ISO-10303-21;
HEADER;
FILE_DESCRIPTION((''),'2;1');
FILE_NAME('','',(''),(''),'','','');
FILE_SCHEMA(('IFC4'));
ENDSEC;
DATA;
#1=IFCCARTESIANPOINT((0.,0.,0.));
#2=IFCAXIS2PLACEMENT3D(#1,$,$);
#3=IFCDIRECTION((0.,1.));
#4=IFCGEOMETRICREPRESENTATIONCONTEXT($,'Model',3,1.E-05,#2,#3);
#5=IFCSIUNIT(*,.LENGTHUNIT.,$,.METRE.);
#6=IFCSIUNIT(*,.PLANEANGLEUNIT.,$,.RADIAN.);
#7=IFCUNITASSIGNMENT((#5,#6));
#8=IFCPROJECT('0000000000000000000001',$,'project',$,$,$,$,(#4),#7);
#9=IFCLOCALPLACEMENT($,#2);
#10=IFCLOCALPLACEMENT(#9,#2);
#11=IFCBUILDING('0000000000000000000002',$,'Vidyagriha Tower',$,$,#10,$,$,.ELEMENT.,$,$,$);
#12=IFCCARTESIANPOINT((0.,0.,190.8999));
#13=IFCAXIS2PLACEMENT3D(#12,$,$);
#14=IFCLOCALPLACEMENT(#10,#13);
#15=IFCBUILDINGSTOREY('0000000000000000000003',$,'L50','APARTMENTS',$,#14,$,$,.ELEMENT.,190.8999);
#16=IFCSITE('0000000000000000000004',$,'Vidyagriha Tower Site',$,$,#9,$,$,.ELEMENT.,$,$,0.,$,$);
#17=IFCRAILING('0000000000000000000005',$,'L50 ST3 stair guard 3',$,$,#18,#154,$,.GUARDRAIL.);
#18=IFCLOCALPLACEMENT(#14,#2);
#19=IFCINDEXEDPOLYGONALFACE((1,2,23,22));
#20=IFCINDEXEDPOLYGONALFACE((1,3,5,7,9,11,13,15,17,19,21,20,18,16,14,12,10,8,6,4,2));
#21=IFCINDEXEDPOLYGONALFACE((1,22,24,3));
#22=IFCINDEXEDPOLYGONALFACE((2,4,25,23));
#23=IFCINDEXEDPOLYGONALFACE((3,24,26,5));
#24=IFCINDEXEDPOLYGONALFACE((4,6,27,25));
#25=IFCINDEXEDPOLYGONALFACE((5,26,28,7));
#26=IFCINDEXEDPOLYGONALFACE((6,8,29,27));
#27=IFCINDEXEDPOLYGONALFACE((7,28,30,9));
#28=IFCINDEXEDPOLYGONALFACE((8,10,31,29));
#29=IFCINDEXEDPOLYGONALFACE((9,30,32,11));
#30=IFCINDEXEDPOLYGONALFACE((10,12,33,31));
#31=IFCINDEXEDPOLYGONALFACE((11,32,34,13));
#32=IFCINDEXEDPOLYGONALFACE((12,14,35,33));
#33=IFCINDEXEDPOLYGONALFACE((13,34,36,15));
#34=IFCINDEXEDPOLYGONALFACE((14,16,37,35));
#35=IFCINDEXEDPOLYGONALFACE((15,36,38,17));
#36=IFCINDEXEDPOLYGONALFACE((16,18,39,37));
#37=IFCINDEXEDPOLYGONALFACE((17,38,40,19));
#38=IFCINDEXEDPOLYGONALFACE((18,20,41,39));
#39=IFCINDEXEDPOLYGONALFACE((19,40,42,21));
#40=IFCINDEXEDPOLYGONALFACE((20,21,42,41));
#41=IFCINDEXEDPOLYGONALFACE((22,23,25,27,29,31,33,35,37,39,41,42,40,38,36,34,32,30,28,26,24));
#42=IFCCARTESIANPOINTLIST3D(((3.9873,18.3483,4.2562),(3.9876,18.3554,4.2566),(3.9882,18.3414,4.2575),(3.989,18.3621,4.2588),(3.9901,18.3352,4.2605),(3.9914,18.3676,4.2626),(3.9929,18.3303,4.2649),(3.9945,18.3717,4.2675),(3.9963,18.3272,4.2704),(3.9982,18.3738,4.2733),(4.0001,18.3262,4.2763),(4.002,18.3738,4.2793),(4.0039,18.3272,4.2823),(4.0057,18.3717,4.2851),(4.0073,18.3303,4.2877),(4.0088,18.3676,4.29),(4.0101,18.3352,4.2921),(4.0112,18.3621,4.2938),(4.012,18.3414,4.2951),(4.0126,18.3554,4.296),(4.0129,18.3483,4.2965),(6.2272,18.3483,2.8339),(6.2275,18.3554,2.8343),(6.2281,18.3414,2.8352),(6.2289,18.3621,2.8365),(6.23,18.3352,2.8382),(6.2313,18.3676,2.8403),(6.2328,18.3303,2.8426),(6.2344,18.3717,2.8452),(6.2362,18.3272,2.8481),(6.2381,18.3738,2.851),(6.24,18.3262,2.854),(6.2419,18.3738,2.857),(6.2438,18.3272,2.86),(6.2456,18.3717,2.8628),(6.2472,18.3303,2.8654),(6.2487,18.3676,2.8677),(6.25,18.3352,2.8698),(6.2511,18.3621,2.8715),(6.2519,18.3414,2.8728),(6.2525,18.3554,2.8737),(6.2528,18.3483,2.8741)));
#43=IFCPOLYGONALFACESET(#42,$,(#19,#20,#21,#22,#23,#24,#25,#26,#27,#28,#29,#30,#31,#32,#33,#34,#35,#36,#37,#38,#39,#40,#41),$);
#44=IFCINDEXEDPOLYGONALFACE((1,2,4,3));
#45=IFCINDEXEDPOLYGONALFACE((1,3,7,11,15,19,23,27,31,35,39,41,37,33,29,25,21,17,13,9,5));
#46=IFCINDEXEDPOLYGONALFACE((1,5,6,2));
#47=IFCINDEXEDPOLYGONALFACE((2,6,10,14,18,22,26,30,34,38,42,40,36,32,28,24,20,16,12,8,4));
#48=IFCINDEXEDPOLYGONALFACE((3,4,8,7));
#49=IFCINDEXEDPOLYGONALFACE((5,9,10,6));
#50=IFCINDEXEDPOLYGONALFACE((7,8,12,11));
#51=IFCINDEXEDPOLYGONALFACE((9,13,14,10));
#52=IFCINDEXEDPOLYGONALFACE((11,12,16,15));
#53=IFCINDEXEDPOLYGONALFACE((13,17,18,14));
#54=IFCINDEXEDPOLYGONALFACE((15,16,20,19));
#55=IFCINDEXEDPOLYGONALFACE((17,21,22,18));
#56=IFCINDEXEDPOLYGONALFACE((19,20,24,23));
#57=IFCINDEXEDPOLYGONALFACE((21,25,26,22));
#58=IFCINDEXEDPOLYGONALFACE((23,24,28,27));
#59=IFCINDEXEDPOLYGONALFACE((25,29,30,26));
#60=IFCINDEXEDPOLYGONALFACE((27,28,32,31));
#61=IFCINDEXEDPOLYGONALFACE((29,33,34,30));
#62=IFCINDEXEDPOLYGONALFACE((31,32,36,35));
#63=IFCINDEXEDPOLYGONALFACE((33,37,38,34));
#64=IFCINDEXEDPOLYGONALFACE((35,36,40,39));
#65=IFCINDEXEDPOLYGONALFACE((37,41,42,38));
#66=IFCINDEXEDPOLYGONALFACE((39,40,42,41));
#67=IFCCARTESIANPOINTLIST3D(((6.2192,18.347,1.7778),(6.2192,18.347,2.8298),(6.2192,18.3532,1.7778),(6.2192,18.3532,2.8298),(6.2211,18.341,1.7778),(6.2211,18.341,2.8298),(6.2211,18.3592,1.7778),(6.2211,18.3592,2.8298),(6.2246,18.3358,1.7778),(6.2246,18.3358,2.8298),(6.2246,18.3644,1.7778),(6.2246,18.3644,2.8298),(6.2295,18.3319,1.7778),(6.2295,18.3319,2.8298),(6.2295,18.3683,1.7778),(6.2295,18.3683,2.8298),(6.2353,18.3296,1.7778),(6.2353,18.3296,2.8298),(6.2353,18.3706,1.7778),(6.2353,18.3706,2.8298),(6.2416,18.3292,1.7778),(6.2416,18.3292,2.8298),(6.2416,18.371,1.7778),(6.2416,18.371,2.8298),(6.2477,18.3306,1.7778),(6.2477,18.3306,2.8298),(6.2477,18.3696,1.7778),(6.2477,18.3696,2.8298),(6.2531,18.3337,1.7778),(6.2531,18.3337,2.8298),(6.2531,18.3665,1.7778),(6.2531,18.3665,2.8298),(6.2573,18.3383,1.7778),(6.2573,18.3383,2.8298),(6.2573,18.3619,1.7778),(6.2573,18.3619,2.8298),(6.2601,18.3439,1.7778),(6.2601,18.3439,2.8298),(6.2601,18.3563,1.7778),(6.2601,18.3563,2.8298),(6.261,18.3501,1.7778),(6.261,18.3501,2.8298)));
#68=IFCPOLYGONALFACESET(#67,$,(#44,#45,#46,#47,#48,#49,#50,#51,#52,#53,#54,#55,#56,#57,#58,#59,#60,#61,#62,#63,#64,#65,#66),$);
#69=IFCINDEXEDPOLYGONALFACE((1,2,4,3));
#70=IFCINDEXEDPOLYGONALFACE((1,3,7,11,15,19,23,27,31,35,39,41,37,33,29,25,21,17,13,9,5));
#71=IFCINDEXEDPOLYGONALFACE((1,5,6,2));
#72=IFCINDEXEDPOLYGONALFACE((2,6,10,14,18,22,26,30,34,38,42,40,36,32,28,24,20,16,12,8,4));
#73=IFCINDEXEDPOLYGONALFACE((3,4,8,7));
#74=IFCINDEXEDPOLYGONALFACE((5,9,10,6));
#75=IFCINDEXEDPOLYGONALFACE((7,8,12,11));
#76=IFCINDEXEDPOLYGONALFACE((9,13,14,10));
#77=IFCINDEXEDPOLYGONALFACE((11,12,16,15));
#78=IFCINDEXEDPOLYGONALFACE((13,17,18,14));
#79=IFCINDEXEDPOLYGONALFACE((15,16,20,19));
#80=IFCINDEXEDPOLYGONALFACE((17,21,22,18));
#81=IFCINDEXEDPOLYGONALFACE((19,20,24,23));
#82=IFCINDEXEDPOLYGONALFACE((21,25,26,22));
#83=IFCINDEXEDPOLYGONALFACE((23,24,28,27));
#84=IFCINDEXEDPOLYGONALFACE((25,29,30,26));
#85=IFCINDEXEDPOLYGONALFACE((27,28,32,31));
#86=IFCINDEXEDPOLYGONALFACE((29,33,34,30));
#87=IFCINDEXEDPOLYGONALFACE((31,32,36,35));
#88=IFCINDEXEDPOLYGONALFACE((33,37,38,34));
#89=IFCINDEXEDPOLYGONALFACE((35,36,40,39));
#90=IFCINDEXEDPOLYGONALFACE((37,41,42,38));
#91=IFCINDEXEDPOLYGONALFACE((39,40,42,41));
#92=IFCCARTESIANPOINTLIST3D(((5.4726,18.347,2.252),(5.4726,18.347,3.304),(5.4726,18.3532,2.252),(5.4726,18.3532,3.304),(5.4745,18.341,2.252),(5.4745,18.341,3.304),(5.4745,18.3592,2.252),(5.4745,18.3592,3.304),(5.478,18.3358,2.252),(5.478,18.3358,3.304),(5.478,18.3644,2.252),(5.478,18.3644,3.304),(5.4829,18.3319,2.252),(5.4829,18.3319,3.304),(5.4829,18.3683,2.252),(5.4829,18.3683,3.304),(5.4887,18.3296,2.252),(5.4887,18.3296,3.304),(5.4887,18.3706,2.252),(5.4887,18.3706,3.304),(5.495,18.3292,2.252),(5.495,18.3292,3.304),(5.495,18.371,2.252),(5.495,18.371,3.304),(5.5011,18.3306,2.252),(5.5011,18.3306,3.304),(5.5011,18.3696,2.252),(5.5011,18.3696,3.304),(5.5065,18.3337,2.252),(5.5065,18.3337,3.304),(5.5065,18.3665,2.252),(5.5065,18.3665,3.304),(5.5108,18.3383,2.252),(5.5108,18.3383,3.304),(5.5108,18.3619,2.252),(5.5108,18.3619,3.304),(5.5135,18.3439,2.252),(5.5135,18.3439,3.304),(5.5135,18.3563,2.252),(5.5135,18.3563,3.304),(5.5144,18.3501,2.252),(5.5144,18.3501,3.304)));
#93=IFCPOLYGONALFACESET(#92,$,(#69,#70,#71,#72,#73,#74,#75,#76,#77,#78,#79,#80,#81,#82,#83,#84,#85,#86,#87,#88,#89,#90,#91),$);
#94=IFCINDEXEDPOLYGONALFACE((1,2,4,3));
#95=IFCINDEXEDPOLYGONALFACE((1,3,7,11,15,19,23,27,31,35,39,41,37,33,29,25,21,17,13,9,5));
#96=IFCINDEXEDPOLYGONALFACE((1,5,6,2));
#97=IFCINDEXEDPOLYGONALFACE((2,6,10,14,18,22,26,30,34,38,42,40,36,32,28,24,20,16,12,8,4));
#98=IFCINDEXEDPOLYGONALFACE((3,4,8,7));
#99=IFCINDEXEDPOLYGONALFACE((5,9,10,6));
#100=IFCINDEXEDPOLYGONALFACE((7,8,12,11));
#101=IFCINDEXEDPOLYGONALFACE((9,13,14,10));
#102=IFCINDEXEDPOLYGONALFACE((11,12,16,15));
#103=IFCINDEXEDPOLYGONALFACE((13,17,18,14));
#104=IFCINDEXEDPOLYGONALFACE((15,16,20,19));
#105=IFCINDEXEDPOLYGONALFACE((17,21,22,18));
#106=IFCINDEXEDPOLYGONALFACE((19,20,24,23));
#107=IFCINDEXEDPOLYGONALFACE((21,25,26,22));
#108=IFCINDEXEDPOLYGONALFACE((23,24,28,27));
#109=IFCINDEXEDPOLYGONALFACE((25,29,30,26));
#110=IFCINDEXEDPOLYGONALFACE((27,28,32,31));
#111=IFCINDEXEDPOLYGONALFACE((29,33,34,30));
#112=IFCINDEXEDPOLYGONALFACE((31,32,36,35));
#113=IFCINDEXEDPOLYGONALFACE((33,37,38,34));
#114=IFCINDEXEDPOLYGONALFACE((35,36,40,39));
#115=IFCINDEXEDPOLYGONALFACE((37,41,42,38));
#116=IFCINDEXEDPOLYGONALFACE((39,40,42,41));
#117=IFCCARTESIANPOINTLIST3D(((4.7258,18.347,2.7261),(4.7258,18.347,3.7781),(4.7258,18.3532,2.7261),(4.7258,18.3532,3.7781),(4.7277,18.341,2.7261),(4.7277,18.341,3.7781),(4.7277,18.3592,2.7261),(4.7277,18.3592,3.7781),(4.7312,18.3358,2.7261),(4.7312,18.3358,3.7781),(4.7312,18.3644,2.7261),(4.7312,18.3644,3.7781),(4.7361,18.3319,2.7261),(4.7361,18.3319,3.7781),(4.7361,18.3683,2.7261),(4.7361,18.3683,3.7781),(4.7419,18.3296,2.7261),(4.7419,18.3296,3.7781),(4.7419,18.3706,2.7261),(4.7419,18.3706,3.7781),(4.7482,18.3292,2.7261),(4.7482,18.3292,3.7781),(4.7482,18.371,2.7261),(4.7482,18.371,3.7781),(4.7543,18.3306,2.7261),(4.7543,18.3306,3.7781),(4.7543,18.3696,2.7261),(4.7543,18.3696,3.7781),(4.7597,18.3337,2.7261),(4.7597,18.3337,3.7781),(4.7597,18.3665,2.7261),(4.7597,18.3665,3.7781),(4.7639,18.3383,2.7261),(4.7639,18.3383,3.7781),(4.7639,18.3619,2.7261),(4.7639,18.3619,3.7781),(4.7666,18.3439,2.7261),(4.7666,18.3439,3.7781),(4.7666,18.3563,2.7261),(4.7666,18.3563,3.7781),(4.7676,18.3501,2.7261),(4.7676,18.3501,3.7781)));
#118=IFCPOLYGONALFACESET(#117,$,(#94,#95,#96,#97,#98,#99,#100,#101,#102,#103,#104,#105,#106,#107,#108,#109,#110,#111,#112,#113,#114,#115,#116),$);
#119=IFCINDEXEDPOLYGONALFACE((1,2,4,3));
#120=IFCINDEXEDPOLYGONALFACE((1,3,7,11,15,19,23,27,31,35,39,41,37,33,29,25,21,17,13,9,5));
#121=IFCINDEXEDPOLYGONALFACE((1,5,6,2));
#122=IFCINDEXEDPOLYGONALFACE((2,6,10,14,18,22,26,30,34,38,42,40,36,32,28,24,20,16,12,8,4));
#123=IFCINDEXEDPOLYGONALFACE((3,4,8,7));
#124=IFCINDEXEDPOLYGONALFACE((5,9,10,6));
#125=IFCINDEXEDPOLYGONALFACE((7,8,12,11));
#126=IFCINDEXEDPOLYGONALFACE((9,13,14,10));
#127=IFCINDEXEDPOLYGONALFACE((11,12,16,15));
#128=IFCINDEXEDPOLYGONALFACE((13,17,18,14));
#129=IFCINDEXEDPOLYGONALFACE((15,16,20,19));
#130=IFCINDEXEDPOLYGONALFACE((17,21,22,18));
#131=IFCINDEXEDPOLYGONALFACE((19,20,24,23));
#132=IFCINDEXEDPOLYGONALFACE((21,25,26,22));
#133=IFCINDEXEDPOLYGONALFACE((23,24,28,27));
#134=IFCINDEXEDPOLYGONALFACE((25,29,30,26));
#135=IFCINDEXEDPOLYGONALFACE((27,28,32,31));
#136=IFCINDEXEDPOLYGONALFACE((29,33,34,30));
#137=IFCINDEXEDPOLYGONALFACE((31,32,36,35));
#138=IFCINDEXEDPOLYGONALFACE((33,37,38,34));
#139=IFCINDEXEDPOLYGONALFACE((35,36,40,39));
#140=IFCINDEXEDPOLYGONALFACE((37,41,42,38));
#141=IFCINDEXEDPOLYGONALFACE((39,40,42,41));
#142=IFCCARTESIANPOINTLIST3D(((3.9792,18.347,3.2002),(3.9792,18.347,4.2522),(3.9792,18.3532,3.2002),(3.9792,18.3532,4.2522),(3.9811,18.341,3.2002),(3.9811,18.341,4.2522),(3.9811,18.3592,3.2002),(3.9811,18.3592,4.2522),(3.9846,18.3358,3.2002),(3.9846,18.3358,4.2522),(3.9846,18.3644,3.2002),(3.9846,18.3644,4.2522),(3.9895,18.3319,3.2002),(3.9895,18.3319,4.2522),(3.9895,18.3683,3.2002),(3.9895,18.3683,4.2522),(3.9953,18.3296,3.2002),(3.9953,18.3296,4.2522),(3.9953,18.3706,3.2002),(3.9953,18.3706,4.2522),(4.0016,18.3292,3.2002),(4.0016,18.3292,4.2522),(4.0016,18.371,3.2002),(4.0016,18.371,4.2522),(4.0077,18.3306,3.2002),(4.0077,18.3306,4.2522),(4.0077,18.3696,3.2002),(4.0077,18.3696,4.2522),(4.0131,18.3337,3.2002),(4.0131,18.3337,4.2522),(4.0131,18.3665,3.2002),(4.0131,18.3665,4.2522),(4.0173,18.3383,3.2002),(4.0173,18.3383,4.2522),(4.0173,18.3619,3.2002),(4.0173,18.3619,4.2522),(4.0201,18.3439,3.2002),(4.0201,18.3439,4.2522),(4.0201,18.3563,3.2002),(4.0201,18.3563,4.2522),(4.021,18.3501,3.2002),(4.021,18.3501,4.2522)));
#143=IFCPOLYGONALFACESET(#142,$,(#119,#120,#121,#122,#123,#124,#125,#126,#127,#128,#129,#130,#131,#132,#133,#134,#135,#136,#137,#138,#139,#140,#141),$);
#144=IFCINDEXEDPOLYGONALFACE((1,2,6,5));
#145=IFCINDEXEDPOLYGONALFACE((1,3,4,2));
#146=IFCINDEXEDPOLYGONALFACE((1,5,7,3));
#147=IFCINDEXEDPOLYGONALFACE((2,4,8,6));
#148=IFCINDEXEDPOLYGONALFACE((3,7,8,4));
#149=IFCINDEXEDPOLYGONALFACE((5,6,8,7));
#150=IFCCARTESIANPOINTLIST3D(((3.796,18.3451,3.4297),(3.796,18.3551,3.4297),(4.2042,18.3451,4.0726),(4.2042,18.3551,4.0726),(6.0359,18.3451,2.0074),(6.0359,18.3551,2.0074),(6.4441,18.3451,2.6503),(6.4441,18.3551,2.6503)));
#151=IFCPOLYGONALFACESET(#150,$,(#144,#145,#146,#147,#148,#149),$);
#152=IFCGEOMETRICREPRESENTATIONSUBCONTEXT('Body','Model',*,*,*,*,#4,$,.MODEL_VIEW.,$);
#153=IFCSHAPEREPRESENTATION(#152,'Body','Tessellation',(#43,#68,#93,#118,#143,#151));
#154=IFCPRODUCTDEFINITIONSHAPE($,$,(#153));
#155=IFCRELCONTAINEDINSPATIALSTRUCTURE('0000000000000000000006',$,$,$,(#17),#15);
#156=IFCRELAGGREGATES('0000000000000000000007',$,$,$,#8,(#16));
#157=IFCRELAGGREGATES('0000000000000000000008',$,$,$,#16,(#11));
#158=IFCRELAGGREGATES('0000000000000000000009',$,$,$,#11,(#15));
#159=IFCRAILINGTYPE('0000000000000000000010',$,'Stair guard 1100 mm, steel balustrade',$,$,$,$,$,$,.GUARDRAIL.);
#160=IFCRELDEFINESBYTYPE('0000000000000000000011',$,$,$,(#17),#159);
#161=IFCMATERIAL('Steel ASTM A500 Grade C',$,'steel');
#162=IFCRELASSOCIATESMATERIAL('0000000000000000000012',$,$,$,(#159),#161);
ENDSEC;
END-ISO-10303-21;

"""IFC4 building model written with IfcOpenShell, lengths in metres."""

from ifc_helpers import new_model, si_unit, direction, frame, origin, origin_2d, place, context, subcontext, project, spatial, rectangle, circle, extrude, material, type_object, element, save


model = new_model("IFC4")

# Units and contexts
model_context = context("Model", 3, precision=1e-05, world=origin(), true_north=direction((0.0, 1.0)))
body_context = subcontext(model_context, "Body", "Model", "MODEL_VIEW")
ifc_project = project(units=[si_unit("LENGTHUNIT", "METRE"), si_unit("PLANEANGLEUNIT", "RADIAN")], contexts=[model_context])

# Site, building, storey
site_placement = place(None, origin())
site = spatial("IfcSite", under=ifc_project, at=site_placement, Name="Vidyagriha Tower Site", CompositionType="ELEMENT", RefElevation=0.0)
building_placement = place(site_placement, origin())
building = spatial("IfcBuilding", under=site, at=building_placement, Name="Vidyagriha Tower", CompositionType="ELEMENT")
storey_placement = place(building_placement, frame((0.0, 0.0, 190.8999)))
storey = spatial("IfcBuildingStorey", under=building, at=storey_placement, Name="L50", Description="APARTMENTS", CompositionType="ELEMENT", Elevation=190.8999)

# Railing
ifc_material_1 = material(Name="Steel ASTM A500 Grade C", Category="steel")
railing_type_1 = type_object("IfcRailingType", Name="Stair guard 1100 mm, steel balustrade", PredefinedType="GUARDRAIL", material=ifc_material_1)
railing_1_placement = place(storey_placement, frame((6.24, 18.3501, 1.7778)))
element("IfcRailing", 1, at=railing_1_placement, inside=storey, type_object=railing_type_1, Name="L50 ST3 stair guard 3", PredefinedType="GUARDRAIL", context=body_context, shape_type="SweptSolid", body=[
    extrude(circle(Radius=0.0239, at=origin_2d()), frame((0.0, 0.0, 1.0762), z_axis=(-0.844188, 0.0, 0.536048), x_axis=(0.0, -1.0, 0.0)), (0.0, 0.0, 1.0), 2.6533),
    extrude(circle(Radius=0.021, at=origin_2d()), origin(), (0.0, 0.0, 1.0), 1.052),
    extrude(circle(Radius=0.021, at=origin_2d()), frame((-0.7466, 0.0, 0.4741)), (0.0, 0.0, 1.0), 1.052),
    extrude(circle(Radius=0.021, at=origin_2d()), frame((-1.4934, 0.0, 0.9482)), (0.0, 0.0, 1.0), 1.052),
    extrude(circle(Radius=0.021, at=origin_2d()), frame((-2.24, 0.0, 1.4224)), (0.0, 0.0, 1.0), 1.052),
    extrude(rectangle(XDim=0.01, YDim=0.7615, at=origin_2d()), frame((0.0, 0.0, 0.551), z_axis=(-0.844188, 0.0, 0.536048), x_axis=(0.0, -1.0, 0.0)), (0.0, 0.0, 1.0), 2.6533),
])

save(model, "model.ifc")
